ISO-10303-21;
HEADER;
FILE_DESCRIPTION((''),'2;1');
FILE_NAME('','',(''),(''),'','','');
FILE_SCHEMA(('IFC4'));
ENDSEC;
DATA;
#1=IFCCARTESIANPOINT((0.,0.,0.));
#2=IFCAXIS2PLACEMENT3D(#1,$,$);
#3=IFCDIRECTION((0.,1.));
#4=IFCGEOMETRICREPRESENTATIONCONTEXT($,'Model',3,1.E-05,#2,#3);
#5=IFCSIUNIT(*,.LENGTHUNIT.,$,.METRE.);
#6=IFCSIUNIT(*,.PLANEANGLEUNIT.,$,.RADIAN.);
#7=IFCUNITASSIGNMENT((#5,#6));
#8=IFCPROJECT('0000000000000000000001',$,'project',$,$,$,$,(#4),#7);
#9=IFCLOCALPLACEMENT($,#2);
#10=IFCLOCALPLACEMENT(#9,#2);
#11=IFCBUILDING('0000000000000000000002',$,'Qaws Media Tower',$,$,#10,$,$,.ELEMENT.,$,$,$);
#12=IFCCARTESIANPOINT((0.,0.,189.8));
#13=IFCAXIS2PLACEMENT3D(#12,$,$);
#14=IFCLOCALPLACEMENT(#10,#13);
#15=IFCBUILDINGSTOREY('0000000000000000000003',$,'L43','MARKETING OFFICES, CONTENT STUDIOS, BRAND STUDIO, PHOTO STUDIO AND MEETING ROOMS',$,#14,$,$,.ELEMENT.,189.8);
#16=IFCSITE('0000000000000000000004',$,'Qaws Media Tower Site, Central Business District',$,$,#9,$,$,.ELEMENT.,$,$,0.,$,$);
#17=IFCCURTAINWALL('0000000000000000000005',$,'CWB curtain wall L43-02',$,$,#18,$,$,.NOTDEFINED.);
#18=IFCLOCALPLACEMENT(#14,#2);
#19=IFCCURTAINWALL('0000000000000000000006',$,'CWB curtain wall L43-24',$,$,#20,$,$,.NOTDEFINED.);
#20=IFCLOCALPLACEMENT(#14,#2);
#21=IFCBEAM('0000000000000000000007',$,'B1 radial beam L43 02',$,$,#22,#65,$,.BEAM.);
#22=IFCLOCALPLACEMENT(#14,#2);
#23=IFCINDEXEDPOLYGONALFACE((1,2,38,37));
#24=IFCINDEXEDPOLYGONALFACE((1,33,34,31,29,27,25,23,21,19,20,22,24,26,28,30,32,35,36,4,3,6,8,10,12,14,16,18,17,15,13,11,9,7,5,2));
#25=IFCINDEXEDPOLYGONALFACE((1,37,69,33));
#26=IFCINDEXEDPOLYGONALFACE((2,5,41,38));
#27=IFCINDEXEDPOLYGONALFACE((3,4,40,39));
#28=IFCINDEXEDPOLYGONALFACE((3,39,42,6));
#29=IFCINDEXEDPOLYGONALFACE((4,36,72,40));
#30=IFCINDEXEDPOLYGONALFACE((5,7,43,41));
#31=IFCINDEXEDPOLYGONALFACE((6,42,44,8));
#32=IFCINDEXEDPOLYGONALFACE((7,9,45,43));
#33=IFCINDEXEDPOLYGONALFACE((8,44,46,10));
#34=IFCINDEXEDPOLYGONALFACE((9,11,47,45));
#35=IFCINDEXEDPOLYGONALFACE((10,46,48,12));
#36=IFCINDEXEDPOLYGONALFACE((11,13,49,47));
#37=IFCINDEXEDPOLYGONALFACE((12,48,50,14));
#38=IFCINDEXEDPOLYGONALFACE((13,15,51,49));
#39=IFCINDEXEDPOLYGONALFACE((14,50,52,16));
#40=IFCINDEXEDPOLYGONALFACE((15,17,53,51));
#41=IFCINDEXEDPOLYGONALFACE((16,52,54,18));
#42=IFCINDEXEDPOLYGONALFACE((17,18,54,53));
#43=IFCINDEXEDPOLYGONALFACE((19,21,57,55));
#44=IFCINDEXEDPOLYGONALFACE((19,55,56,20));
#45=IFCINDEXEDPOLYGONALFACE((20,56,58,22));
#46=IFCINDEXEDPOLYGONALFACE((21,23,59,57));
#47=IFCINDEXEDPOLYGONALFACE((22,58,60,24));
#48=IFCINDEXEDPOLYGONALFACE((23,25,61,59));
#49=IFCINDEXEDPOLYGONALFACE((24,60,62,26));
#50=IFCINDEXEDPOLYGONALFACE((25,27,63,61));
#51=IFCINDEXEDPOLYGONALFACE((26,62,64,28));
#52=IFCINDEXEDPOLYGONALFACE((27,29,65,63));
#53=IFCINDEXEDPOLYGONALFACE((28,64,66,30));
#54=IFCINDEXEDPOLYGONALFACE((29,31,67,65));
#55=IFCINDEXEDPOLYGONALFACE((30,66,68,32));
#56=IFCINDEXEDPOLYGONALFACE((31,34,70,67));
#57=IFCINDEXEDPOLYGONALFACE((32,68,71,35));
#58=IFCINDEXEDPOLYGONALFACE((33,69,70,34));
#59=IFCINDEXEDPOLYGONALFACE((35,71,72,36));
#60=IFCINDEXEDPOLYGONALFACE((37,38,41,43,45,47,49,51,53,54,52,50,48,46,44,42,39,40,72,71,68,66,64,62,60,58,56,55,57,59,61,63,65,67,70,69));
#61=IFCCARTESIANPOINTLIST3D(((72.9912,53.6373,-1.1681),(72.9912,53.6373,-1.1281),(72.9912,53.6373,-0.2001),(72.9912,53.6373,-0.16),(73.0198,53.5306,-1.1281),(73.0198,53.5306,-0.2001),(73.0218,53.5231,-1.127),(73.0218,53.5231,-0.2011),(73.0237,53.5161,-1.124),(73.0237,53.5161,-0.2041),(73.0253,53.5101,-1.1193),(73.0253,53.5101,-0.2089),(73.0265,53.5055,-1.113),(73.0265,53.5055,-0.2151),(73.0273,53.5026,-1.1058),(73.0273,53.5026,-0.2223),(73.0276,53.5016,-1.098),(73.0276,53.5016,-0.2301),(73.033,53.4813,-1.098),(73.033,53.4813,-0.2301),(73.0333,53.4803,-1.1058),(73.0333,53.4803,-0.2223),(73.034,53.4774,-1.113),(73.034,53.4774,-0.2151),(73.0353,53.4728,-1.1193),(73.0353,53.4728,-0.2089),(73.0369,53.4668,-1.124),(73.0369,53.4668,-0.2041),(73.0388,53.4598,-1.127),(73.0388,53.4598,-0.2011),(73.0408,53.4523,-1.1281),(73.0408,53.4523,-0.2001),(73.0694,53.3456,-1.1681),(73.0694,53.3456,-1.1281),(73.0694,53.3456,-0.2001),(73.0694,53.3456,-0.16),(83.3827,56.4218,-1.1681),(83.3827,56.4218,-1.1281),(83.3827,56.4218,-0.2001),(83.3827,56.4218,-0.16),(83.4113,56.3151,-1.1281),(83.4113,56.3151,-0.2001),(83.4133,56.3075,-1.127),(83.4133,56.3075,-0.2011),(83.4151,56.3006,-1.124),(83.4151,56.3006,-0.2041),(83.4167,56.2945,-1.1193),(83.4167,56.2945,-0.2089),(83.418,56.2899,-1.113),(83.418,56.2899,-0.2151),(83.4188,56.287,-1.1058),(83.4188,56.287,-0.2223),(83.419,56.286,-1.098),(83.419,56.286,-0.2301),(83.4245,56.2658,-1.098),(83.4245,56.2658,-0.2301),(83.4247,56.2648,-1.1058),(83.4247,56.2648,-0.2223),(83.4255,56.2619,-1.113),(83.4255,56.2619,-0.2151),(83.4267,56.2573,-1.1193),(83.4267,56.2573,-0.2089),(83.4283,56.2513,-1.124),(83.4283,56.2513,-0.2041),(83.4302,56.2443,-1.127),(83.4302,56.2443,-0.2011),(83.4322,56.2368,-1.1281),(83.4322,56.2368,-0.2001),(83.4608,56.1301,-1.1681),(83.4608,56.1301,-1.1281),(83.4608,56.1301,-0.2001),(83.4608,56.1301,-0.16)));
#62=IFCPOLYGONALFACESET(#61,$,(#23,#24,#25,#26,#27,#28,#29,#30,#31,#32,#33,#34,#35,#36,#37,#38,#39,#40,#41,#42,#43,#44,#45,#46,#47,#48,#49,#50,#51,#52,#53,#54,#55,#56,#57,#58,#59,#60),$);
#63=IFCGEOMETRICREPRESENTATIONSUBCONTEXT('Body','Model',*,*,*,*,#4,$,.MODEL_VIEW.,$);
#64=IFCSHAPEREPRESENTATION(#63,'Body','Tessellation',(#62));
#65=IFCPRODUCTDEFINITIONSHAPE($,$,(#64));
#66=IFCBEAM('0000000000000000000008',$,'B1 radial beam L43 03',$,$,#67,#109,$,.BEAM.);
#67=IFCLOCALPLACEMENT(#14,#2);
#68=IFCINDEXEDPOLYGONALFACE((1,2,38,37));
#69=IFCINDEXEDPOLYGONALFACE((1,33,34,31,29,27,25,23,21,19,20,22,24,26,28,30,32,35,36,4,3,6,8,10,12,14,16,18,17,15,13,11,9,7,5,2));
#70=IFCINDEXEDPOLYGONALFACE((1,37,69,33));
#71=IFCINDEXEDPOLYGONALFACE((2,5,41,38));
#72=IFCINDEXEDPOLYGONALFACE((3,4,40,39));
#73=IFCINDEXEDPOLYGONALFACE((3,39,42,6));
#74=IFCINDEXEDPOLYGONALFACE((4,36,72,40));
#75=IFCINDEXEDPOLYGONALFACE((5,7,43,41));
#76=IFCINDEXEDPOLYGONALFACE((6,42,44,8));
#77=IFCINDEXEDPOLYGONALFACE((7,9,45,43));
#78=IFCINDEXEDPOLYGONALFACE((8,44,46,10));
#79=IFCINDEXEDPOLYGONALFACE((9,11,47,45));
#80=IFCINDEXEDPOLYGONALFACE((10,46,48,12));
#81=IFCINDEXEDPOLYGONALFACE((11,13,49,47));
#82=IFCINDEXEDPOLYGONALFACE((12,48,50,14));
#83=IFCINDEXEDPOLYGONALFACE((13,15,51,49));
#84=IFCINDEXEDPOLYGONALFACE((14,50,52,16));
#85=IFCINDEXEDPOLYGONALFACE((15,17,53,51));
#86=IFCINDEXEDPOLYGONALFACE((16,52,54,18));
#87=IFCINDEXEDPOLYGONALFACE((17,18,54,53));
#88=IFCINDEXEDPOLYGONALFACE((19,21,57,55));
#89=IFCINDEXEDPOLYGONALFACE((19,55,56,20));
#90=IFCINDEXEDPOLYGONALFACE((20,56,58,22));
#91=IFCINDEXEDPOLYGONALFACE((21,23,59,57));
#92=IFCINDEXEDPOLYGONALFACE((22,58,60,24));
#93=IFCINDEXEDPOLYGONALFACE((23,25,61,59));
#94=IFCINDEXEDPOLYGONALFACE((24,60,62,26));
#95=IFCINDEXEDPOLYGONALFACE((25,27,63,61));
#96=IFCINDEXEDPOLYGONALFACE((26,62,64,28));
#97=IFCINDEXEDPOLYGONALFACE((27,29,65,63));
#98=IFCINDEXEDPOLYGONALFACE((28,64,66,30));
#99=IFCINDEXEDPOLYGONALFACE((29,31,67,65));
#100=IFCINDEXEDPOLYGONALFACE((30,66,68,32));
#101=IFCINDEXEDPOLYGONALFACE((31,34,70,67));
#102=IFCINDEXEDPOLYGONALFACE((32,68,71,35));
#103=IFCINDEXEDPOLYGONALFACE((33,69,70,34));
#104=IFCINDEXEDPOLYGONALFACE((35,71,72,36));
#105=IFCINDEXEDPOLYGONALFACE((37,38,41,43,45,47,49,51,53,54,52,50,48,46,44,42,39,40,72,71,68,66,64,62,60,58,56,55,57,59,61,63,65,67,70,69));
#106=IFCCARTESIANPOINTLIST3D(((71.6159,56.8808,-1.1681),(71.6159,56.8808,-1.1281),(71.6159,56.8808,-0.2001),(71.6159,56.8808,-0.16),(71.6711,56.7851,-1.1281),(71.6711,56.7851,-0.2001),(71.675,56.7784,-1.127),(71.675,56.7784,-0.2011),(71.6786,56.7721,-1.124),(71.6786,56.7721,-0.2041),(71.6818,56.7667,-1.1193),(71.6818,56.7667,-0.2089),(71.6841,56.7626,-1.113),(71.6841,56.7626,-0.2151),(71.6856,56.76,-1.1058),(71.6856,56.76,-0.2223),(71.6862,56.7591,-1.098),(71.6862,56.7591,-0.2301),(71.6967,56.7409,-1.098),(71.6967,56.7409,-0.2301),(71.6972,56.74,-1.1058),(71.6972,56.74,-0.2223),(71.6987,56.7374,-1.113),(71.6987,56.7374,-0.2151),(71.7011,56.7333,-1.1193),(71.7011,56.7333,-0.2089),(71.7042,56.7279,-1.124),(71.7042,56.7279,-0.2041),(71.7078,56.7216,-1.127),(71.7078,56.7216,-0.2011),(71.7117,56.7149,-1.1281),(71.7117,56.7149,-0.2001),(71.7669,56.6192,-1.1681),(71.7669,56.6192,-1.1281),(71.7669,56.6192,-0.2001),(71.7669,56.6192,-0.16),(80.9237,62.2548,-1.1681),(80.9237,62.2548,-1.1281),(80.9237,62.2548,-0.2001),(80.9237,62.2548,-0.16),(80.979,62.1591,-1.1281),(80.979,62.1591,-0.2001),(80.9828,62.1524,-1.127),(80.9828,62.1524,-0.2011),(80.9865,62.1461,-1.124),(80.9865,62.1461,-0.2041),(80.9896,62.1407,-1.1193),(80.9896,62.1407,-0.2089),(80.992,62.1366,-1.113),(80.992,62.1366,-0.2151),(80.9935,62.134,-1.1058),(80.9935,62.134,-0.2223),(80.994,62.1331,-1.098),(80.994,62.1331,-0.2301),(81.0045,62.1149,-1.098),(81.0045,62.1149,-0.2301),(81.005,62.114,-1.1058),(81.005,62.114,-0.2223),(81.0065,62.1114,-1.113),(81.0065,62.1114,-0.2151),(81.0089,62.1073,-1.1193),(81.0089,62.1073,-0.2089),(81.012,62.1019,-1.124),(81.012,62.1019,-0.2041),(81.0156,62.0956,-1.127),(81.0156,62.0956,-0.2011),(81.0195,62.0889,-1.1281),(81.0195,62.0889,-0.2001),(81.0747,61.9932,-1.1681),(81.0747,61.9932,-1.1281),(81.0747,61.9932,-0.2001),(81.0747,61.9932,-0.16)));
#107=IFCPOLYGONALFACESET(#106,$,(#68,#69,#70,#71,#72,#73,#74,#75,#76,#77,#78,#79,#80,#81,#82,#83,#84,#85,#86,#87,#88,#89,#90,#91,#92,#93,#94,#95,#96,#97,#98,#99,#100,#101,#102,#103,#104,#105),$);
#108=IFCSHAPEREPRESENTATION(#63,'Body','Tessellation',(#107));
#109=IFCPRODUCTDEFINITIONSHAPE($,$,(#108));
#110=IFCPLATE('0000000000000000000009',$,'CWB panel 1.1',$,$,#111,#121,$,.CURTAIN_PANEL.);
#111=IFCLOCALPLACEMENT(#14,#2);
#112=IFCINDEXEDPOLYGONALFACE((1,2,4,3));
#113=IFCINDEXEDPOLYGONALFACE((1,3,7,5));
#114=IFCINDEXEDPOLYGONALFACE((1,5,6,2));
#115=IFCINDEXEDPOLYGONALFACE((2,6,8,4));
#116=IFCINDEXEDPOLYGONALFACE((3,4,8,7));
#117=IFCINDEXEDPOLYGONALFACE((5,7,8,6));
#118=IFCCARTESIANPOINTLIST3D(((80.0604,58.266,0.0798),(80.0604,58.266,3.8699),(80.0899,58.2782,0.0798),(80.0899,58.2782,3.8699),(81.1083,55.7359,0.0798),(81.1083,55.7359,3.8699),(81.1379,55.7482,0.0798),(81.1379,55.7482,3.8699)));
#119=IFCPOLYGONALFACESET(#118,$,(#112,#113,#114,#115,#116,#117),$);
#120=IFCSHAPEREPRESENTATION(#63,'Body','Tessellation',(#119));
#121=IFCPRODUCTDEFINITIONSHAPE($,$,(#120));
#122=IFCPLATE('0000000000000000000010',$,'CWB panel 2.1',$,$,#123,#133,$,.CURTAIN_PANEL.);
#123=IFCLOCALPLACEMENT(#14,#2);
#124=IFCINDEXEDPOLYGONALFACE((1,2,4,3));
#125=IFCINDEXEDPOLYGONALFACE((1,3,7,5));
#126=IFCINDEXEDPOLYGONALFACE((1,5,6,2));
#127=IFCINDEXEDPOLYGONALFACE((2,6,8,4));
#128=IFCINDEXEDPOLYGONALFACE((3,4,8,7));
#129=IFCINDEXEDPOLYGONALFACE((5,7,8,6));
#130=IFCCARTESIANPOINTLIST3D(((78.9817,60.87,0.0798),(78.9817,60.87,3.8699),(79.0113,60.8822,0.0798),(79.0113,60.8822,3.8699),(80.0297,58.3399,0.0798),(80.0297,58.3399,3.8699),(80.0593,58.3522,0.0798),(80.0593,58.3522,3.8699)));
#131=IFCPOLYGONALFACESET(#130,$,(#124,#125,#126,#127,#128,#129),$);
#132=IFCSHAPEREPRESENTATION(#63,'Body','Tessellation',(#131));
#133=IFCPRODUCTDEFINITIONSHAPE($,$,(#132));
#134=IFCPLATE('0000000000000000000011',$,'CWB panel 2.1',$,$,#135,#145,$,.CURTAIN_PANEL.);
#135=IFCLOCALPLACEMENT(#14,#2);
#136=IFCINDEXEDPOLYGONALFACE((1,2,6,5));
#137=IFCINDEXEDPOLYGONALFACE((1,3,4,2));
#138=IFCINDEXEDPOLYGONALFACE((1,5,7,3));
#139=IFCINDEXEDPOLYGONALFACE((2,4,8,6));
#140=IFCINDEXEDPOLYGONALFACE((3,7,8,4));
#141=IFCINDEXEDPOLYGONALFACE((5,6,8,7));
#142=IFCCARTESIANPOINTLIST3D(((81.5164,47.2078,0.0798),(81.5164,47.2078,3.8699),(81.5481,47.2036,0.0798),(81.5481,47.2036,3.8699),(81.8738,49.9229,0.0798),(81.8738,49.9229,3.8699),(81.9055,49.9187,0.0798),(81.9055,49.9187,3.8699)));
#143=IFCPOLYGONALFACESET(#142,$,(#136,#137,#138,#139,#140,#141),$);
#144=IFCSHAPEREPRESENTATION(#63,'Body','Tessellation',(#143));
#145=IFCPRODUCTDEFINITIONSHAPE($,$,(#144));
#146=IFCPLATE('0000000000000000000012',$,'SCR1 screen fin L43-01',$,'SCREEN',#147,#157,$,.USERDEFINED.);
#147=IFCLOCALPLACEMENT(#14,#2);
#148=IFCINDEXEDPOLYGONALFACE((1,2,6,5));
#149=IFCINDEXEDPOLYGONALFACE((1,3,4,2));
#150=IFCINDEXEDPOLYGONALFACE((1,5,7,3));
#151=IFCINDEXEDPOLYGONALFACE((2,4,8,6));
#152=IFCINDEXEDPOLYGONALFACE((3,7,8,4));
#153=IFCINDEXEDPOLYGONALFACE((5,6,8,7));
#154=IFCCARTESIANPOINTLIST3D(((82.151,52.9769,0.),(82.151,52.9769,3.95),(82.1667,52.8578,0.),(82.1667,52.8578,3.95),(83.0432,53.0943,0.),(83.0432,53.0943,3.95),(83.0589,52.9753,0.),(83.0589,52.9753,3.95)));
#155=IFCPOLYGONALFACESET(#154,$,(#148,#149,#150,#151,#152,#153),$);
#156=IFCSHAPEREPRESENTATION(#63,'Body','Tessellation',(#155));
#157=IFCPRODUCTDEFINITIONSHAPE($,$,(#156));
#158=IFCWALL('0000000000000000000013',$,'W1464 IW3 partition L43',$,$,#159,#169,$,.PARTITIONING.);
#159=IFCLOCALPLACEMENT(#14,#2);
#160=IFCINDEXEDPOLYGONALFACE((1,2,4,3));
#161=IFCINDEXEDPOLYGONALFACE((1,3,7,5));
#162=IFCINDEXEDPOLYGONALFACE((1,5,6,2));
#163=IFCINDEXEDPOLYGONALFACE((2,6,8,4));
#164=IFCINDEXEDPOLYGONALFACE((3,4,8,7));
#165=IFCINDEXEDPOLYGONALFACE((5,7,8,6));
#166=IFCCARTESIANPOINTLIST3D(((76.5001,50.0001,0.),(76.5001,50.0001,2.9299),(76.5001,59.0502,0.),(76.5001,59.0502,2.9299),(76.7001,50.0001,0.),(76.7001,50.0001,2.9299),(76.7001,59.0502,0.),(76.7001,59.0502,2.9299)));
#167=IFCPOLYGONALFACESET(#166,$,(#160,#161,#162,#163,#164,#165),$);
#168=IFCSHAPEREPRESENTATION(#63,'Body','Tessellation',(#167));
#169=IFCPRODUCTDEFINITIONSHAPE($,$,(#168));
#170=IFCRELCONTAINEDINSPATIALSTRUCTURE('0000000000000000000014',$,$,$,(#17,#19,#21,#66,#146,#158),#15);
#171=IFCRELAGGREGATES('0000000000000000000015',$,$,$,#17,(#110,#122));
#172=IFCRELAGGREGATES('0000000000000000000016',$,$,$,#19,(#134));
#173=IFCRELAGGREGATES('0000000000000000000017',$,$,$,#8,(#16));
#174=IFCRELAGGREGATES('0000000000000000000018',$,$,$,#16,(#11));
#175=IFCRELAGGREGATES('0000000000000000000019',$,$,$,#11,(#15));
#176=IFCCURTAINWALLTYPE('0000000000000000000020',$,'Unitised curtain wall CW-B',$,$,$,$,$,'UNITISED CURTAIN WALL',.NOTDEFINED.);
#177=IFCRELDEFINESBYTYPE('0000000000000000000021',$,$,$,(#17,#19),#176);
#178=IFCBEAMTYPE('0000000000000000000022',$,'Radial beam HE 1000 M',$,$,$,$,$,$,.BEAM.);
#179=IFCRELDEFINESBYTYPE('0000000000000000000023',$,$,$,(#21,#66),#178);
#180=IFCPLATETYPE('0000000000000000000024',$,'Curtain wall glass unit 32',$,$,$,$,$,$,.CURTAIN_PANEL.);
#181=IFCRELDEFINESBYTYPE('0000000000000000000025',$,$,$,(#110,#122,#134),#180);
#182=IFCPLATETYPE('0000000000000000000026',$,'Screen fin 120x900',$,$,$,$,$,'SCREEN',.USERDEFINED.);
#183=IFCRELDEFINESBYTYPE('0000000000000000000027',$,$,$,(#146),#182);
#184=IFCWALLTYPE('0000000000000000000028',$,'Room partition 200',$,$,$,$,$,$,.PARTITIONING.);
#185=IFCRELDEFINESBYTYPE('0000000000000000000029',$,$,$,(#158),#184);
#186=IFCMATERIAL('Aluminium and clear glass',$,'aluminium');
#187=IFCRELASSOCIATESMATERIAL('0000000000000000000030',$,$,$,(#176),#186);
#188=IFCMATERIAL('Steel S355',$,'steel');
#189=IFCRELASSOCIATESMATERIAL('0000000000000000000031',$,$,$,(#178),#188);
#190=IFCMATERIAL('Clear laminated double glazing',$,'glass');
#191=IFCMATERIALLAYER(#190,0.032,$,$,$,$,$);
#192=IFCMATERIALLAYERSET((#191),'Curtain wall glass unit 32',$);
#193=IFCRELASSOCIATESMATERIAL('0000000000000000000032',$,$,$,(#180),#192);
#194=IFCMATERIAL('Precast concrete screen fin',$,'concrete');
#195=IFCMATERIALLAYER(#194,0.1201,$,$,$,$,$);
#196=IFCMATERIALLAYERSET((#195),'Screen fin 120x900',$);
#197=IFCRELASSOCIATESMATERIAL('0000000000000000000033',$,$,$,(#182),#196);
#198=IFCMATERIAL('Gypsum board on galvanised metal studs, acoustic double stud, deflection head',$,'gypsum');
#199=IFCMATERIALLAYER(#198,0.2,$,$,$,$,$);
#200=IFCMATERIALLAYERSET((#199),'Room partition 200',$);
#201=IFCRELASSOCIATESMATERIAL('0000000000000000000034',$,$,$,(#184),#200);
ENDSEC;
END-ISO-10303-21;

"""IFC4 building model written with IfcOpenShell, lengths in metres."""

from ifc_helpers import new_model, si_unit, direction, frame, frame_2d, origin, origin_2d, place, context, subcontext, project, spatial, rectangle, i_section, extrude, material, layer, layer_set, material_profile, profile_set, type_object, element, aggregate, save


model = new_model("IFC4")

# Units and contexts
model_context = context("Model", 3, precision=1e-05, world=origin(), true_north=direction((0.0, 1.0)))
body_context = subcontext(model_context, "Body", "Model", "MODEL_VIEW")
ifc_project = project(units=[si_unit("LENGTHUNIT", "METRE"), si_unit("PLANEANGLEUNIT", "RADIAN")], contexts=[model_context])

# Site, building, storey
site_placement = place(None, origin())
site = spatial("IfcSite", under=ifc_project, at=site_placement, Name="Qaws Media Tower Site, Central Business District", CompositionType="ELEMENT", RefElevation=0.0)
building_placement = place(site_placement, origin())
building = spatial("IfcBuilding", under=site, at=building_placement, Name="Qaws Media Tower", CompositionType="ELEMENT")
storey_placement = place(building_placement, frame((0.0, 0.0, 189.8)))
storey = spatial("IfcBuildingStorey", under=building, at=storey_placement, Name="L43", Description="MARKETING OFFICES, CONTENT STUDIOS, BRAND STUDIO, PHOTO STUDIO AND MEETING ROOMS", CompositionType="ELEMENT", Elevation=189.8)

# Curtain wall
ifc_material_1 = material(Name="Aluminium and clear glass", Category="aluminium")
curtain_wall_type = type_object("IfcCurtainWallType", Name="Unitised curtain wall CW-B", ElementType="UNITISED CURTAIN WALL", PredefinedType="NOTDEFINED", material=ifc_material_1)
curtain_wall_1_placement = place(storey_placement, origin())
curtain_wall_1 = element("IfcCurtainWall", 1, at=curtain_wall_1_placement, inside=storey, type_object=curtain_wall_type, Name="CWB curtain wall L43-02", PredefinedType="NOTDEFINED")

# Curtain wall
curtain_wall_2_placement = place(storey_placement, origin())
curtain_wall_2 = element("IfcCurtainWall", 2, at=curtain_wall_2_placement, inside=storey, type_object=curtain_wall_type, Name="CWB curtain wall L43-24", PredefinedType="NOTDEFINED")

# Beams
ifc_material_2 = material(Name="Steel S355", Category="steel")
ifc_material_profile_1 = material_profile(ifc_material_2, i_section(OverallWidth=0.302, OverallDepth=1.0081, WebThickness=0.021, FlangeThickness=0.04, FilletRadius=0.03, at=origin_2d()), Name="HE 1000 M")
ifc_profile_set_1 = profile_set([ifc_material_profile_1], Name="Steel S355")
beam_type_1 = type_object("IfcBeamType", Name="Radial beam HE 1000 M", PredefinedType="BEAM", material=ifc_profile_set_1)
beam_1_placement = place(storey_placement, frame((73.0303, 53.4915, -0.6641), z_axis=(0.965924, 0.258825, 0.0), x_axis=(-0.258825, 0.965924, 0.0)))
element("IfcBeam", 3, at=beam_1_placement, inside=storey, type_object=beam_type_1, Name="B1 radial beam L43 02", PredefinedType="BEAM", context=body_context, shape_type="SweptSolid", body=[
    extrude(i_section(OverallWidth=0.302, OverallDepth=1.0081, WebThickness=0.021, FlangeThickness=0.04, FilletRadius=0.03, at=origin_2d()), origin(), (0.0, 0.0, 1.0), 10.7581),
])
beam_2_placement = place(storey_placement, frame((71.6914, 56.75, -0.6641), z_axis=(0.86602, 0.500009, 0.0), x_axis=(-0.500009, 0.86602, 0.0)))
element("IfcBeam", 4, at=beam_2_placement, inside=storey, type_object=beam_type_1, Name="B1 radial beam L43 03", PredefinedType="BEAM", context=body_context, shape_type="SweptSolid", body=[
    extrude(i_section(OverallWidth=0.302, OverallDepth=1.0081, WebThickness=0.021, FlangeThickness=0.04, FilletRadius=0.03, at=origin_2d()), origin(), (0.0, 0.0, 1.0), 10.7478),
])

# Plates
ifc_material_3 = material(Name="Clear laminated double glazing", Category="glass")
ifc_layer_1 = layer(ifc_material_3, 0.032)
ifc_layer_set_1 = layer_set([ifc_layer_1], Name="Curtain wall glass unit 32")
plate_type_1 = type_object("IfcPlateType", Name="Curtain wall glass unit 32", PredefinedType="CURTAIN_PANEL", material=ifc_layer_set_1)
plate_1_placement = place(storey_placement, frame((80.5991, 57.0071, 0.0798), z_axis=(0.0, 0.0, 1.0), x_axis=(-0.382684, 0.923879, 0.0)))
plate_1 = element("IfcPlate", 5, at=plate_1_placement, type_object=plate_type_1, Name="CWB panel 1.1", PredefinedType="CURTAIN_PANEL", context=body_context, shape_type="SweptSolid", body=[
    extrude(rectangle(XDim=2.7385, YDim=0.032, at=origin_2d()), origin(), (0.0, 0.0, 1.0), 3.79),
])
plate_2_placement = place(storey_placement, frame((79.5205, 59.6111, 0.0798), z_axis=(0.0, 0.0, 1.0), x_axis=(-0.382684, 0.923879, 0.0)))
plate_2 = element("IfcPlate", 6, at=plate_2_placement, type_object=plate_type_1, Name="CWB panel 2.1", PredefinedType="CURTAIN_PANEL", context=body_context, shape_type="SweptSolid", body=[
    extrude(rectangle(XDim=2.7385, YDim=0.032, at=origin_2d()), origin(), (0.0, 0.0, 1.0), 3.79),
])
aggregate(curtain_wall_1, [plate_1, plate_2])
plate_3_placement = place(storey_placement, frame((81.7109, 48.5632, 0.0798), z_axis=(0.0, 0.0, 1.0), x_axis=(0.130526, 0.991445, 0.0)))
plate_3 = element("IfcPlate", 7, at=plate_3_placement, type_object=plate_type_1, Name="CWB panel 2.1", PredefinedType="CURTAIN_PANEL", context=body_context, shape_type="SweptSolid", body=[
    extrude(rectangle(XDim=2.7385, YDim=0.032, at=origin_2d()), origin(), (0.0, 0.0, 1.0), 3.79),
])
aggregate(curtain_wall_2, [plate_3])
ifc_material_4 = material(Name="Precast concrete screen fin", Category="concrete")
ifc_layer_2 = layer(ifc_material_4, 0.1201)
ifc_layer_set_2 = layer_set([ifc_layer_2], Name="Screen fin 120x900")
plate_type_2 = type_object("IfcPlateType", Name="Screen fin 120x900", ElementType="SCREEN", PredefinedType="USERDEFINED", material=ifc_layer_set_2)
plate_4_placement = place(storey_placement, frame((82.605, 52.9761, 0.0), z_axis=(0.0, 0.0, 1.0), x_axis=(0.991445, 0.130526, 0.0)))
element("IfcPlate", 8, at=plate_4_placement, inside=storey, type_object=plate_type_2, Name="SCR1 screen fin L43-01", ObjectType="SCREEN", PredefinedType="USERDEFINED", context=body_context, shape_type="SweptSolid", body=[
    extrude(rectangle(XDim=0.8999, YDim=0.1201, at=origin_2d()), origin(), (0.0, 0.0, 1.0), 3.95),
])

# Wall
ifc_material_5 = material(Name="Gypsum board on galvanised metal studs, acoustic double stud, deflection head", Category="gypsum")
ifc_layer_3 = layer(ifc_material_5, 0.2)
ifc_layer_set_3 = layer_set([ifc_layer_3], Name="Room partition 200")
wall_type_1 = type_object("IfcWallType", Name="Room partition 200", PredefinedType="PARTITIONING", material=ifc_layer_set_3)
wall_1_placement = place(storey_placement, frame((76.6001, 59.05, 0.0), z_axis=(0.0, 0.0, 1.0), x_axis=(0.0, -1.0, 0.0)))
element("IfcWall", 9, at=wall_1_placement, inside=storey, type_object=wall_type_1, Name="W1464 IW3 partition L43", PredefinedType="PARTITIONING", context=body_context, shape_type="SweptSolid", body=[
    extrude(rectangle(XDim=9.05, YDim=0.2, at=frame_2d((4.5249, 0.0))), origin(), (0.0, 0.0, 1.0), 2.9299),
])

save(model, "model.ifc")
